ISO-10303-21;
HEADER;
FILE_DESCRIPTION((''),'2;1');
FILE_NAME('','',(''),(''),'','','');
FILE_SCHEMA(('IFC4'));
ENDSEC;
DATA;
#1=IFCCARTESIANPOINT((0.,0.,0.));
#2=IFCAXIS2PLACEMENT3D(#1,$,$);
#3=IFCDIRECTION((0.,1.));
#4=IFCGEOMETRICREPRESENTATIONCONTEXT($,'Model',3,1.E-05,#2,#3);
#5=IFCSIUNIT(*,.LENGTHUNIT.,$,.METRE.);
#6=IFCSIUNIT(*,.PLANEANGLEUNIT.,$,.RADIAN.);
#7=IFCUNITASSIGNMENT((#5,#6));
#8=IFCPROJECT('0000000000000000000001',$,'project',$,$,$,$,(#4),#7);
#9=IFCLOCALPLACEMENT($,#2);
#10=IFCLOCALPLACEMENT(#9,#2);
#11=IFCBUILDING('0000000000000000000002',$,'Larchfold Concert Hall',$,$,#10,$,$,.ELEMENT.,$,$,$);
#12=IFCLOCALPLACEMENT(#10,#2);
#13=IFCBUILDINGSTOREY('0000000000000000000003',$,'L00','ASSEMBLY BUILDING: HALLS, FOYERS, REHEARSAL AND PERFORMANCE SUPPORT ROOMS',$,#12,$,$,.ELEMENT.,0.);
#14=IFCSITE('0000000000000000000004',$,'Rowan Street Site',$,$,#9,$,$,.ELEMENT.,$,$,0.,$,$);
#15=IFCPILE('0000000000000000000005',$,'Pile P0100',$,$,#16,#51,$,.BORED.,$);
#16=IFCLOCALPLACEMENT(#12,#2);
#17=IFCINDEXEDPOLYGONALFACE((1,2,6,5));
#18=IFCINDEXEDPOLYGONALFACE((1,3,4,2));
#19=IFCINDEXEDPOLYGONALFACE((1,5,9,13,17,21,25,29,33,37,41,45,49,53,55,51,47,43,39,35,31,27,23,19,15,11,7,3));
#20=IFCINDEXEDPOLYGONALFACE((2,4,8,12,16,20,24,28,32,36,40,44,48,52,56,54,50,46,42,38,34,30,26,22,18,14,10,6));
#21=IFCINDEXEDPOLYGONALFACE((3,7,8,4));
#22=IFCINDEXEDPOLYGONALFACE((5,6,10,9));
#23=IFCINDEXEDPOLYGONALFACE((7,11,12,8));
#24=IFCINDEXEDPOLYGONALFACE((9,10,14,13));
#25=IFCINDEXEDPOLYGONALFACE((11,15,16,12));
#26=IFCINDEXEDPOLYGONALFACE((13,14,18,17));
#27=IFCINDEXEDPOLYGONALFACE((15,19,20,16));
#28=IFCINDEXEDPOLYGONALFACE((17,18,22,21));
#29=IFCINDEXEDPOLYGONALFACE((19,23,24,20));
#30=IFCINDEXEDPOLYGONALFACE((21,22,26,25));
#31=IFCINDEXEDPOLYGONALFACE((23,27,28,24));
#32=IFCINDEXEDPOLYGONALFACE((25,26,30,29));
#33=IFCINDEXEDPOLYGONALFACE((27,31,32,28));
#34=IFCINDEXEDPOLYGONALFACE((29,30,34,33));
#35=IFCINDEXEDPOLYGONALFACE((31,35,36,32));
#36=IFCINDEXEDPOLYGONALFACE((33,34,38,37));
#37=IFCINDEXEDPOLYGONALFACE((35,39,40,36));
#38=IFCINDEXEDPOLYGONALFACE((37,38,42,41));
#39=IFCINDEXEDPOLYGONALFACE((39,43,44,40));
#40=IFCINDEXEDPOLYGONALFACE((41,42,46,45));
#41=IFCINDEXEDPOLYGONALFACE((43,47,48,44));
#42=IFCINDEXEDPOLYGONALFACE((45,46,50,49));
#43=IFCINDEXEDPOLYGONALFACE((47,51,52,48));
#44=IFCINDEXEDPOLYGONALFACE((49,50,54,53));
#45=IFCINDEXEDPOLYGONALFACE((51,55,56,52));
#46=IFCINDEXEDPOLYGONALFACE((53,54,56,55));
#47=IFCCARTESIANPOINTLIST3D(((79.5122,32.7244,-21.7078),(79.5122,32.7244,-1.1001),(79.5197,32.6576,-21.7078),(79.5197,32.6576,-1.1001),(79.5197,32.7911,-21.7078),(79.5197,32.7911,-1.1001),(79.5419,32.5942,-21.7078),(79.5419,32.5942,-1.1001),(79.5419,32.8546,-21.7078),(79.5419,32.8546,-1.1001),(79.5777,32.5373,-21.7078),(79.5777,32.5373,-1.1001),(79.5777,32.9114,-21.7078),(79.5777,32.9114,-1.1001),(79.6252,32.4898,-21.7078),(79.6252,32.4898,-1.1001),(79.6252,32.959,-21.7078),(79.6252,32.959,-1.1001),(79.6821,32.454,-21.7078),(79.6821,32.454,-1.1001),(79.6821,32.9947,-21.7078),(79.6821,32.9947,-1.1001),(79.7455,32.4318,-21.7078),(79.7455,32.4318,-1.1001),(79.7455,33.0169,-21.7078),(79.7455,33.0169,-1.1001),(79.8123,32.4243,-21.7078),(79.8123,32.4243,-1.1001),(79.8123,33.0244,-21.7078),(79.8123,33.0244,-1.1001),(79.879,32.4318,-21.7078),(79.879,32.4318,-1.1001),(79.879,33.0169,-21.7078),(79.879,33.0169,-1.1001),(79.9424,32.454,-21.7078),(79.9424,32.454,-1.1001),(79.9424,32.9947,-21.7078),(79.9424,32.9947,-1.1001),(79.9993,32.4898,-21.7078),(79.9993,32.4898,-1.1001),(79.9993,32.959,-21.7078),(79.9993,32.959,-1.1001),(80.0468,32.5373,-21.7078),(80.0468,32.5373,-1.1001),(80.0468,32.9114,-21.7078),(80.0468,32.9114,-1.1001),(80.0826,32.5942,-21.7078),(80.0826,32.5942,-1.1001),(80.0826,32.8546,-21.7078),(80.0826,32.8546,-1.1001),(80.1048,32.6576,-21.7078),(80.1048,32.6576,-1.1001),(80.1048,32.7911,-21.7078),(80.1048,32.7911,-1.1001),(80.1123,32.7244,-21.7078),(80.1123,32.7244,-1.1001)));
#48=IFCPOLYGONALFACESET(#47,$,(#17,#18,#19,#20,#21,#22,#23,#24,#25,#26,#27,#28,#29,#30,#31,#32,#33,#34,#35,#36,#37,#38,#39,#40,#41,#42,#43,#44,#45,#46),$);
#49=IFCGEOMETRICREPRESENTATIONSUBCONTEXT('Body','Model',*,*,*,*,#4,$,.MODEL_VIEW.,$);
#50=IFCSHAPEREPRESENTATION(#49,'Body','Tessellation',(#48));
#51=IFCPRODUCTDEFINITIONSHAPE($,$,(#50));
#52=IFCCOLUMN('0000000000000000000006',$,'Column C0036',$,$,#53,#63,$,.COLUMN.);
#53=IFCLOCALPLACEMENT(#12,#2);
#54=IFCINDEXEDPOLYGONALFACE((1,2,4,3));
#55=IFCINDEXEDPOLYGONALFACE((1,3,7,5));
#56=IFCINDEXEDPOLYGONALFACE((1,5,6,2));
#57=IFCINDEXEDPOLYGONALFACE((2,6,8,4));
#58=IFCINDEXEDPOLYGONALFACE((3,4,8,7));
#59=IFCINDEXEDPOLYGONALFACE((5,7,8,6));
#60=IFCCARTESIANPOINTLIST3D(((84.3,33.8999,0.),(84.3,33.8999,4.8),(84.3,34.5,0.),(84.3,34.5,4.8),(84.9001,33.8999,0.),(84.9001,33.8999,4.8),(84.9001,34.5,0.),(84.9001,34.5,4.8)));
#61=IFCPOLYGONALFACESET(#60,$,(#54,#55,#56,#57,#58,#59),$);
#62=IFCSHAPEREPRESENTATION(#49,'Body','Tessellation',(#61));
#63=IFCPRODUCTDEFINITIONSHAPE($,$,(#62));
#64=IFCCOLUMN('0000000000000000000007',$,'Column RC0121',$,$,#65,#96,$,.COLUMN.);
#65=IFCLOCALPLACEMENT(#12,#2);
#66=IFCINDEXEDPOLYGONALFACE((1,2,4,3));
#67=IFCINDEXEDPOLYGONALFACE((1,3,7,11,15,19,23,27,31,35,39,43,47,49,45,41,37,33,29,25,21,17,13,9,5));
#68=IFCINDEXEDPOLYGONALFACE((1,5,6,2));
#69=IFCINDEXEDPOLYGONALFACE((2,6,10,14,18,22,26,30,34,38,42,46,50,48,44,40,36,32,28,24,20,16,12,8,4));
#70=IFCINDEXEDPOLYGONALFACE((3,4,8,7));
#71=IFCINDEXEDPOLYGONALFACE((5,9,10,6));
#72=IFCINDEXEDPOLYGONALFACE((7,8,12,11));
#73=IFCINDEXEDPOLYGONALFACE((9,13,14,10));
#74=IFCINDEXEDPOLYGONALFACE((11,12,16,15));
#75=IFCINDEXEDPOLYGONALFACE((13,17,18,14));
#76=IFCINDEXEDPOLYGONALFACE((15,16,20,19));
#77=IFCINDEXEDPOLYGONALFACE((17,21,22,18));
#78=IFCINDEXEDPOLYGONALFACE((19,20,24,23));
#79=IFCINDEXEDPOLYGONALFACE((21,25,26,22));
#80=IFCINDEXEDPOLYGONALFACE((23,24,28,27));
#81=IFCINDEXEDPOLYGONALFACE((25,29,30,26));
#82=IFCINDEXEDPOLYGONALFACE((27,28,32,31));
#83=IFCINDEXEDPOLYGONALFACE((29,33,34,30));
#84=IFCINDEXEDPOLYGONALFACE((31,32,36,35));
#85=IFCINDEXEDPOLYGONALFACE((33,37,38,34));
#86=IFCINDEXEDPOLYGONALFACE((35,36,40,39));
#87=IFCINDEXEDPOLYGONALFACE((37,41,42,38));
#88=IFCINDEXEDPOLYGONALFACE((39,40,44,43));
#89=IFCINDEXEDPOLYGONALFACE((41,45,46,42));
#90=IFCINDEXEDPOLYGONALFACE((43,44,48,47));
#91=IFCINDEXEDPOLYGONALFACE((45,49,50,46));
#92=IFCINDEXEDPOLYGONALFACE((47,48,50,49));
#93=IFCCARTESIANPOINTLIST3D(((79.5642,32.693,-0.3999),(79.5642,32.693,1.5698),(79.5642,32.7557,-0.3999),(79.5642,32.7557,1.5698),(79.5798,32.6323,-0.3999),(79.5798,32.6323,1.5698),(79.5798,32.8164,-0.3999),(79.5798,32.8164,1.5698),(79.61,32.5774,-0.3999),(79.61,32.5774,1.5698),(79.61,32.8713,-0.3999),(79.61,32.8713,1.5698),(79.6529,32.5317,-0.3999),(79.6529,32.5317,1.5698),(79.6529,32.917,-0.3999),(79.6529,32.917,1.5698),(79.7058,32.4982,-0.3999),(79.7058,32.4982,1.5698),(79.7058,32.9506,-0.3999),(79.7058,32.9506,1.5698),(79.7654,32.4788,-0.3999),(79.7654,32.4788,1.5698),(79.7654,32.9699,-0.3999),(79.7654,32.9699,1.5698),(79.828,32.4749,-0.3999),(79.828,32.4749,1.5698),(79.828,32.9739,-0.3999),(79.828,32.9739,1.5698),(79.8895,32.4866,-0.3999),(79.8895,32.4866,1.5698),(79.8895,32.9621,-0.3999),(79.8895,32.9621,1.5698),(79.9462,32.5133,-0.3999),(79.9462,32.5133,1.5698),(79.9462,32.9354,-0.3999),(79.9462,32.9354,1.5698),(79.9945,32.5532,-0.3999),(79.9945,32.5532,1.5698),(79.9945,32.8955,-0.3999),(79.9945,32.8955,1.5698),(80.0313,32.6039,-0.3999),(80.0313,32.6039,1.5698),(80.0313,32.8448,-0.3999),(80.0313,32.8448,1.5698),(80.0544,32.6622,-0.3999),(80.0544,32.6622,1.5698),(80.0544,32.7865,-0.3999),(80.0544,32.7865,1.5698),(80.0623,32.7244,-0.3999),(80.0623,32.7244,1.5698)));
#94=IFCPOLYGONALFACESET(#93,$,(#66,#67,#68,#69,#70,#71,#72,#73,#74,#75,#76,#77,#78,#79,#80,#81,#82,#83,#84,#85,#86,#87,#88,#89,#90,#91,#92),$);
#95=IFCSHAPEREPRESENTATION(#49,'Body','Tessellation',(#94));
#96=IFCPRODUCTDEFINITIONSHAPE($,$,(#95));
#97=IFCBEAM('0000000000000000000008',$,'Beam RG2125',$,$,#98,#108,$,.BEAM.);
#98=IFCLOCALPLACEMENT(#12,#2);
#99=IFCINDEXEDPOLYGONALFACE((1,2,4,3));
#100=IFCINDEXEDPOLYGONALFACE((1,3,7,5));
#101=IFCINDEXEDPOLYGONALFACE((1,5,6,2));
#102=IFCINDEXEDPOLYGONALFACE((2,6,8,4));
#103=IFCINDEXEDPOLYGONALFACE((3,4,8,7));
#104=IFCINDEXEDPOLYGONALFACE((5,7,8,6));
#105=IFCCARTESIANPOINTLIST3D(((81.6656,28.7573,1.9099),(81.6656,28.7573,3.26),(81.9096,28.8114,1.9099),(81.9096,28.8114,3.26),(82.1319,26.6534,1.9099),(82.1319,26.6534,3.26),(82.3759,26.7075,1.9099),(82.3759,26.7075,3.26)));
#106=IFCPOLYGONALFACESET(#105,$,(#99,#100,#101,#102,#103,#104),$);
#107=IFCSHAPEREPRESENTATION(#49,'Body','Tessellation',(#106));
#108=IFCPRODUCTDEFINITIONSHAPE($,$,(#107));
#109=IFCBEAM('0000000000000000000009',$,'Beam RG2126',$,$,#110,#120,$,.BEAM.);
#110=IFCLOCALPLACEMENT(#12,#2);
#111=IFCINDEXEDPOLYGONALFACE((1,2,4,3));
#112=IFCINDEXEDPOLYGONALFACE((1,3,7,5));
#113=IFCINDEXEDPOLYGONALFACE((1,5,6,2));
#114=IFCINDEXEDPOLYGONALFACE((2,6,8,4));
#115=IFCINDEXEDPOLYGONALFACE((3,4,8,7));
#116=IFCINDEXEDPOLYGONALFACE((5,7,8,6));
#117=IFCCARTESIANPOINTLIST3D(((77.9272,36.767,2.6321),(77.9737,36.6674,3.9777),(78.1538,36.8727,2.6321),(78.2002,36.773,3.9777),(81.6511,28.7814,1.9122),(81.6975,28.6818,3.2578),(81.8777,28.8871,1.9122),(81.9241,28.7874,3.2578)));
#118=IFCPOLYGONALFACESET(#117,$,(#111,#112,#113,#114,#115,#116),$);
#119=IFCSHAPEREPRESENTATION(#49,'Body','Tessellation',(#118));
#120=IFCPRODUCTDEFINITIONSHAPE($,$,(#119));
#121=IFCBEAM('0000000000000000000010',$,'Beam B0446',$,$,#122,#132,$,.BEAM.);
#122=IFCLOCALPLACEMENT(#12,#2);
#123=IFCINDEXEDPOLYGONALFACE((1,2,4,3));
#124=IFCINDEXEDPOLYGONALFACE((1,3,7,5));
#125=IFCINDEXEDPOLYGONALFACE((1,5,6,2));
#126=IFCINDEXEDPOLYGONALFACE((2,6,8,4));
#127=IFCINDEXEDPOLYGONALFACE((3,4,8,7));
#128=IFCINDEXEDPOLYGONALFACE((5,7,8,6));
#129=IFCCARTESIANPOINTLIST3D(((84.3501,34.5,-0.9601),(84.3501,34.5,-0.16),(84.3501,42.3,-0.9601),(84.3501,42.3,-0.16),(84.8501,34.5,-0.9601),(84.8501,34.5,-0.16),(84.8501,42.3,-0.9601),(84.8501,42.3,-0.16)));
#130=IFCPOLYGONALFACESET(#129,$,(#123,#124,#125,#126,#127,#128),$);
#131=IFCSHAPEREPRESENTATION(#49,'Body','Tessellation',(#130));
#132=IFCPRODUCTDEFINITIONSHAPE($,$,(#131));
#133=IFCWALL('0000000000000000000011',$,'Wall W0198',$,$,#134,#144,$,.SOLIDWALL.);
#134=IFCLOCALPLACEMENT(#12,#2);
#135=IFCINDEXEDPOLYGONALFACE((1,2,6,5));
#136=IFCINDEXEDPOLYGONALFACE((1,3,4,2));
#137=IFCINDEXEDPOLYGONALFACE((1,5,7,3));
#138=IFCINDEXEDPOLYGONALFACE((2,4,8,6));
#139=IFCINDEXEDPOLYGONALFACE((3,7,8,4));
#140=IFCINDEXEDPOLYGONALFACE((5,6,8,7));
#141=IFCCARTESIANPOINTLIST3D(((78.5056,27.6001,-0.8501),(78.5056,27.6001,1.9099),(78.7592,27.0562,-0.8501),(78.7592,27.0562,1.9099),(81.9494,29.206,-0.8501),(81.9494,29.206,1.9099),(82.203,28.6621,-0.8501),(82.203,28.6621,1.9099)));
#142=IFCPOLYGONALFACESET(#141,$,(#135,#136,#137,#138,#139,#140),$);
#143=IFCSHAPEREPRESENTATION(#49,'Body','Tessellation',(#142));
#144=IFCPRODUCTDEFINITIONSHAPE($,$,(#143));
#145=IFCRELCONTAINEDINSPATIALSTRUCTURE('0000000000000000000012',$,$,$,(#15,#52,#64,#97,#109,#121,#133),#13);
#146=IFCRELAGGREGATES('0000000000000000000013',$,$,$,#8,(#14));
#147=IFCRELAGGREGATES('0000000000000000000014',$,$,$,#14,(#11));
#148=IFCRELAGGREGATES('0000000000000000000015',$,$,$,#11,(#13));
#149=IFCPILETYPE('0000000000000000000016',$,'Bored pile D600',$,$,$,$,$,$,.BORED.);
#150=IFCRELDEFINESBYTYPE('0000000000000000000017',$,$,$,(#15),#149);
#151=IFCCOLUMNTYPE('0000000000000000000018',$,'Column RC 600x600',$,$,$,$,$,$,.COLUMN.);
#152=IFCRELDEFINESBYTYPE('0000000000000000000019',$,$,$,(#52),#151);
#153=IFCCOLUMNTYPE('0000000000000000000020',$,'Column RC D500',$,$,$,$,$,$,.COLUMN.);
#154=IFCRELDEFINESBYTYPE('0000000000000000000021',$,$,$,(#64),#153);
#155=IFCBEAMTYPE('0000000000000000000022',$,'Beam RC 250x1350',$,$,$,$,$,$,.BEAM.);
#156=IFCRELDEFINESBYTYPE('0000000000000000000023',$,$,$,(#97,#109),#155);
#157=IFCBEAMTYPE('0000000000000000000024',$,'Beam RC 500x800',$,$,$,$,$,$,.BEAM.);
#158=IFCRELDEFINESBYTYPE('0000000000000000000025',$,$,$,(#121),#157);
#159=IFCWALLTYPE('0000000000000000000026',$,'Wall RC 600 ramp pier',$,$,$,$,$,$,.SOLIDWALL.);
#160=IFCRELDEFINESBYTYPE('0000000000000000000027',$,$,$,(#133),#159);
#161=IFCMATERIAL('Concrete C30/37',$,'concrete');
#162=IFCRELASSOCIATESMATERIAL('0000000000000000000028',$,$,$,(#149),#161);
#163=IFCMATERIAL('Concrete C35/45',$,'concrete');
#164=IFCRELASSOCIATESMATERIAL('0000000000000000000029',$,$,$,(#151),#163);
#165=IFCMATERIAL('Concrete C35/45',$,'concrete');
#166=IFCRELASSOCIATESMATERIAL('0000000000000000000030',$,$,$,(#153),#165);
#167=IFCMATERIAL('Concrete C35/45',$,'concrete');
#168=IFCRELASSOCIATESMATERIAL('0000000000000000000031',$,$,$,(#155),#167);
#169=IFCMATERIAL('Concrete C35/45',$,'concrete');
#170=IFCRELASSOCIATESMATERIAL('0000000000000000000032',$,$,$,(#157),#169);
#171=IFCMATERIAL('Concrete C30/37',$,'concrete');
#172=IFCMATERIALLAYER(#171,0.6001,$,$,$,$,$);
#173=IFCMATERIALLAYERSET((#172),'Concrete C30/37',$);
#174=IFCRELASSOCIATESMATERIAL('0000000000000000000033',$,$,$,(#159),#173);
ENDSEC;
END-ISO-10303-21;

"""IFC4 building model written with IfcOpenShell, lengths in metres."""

from ifc_helpers import new_model, si_unit, direction, frame, frame_2d, origin, origin_2d, place, context, subcontext, project, spatial, rectangle, circle, extrude, material, layer, layer_set, material_profile, profile_set, type_object, element, save


model = new_model("IFC4")

# Units and contexts
model_context = context("Model", 3, precision=1e-05, world=origin(), true_north=direction((0.0, 1.0)))
body_context = subcontext(model_context, "Body", "Model", "MODEL_VIEW")
ifc_project = project(units=[si_unit("LENGTHUNIT", "METRE"), si_unit("PLANEANGLEUNIT", "RADIAN")], contexts=[model_context])

# Site, building, storey
site_placement = place(None, origin())
site = spatial("IfcSite", under=ifc_project, at=site_placement, Name="Rowan Street Site", CompositionType="ELEMENT", RefElevation=0.0)
building_placement = place(site_placement, origin())
building = spatial("IfcBuilding", under=site, at=building_placement, Name="Larchfold Concert Hall", CompositionType="ELEMENT")
storey_placement = place(building_placement, origin())
storey = spatial("IfcBuildingStorey", under=building, at=storey_placement, Name="L00", Description="ASSEMBLY BUILDING: HALLS, FOYERS, REHEARSAL AND PERFORMANCE SUPPORT ROOMS", CompositionType="ELEMENT", Elevation=0.0)

# Pile
ifc_material_1 = material(Name="Concrete C30/37", Category="concrete")
ifc_material_profile_1 = material_profile(ifc_material_1, circle(Radius=0.3, at=origin_2d()))
ifc_profile_set_1 = profile_set([ifc_material_profile_1], Name="Concrete C30/37")
pile_type = type_object("IfcPileType", Name="Bored pile D600", PredefinedType="BORED", material=ifc_profile_set_1)
pile_placement = place(storey_placement, frame((79.8123, 32.7244, -1.1001), z_axis=(0.0, 0.0, -1.0), x_axis=(1.0, 0.0, 0.0)))
element("IfcPile", 1, at=pile_placement, inside=storey, type_object=pile_type, Name="Pile P0100", PredefinedType="BORED", context=body_context, shape_type="SweptSolid", body=[
    extrude(circle(Radius=0.3, at=origin_2d()), origin(), (0.0, 0.0, 1.0), 20.6077),
])

# Columns
ifc_material_2 = material(Name="Concrete C35/45", Category="concrete")
ifc_material_profile_2 = material_profile(ifc_material_2, rectangle(XDim=0.6001, YDim=0.6001, at=origin_2d()))
ifc_profile_set_2 = profile_set([ifc_material_profile_2], Name="Concrete C35/45")
column_type_1 = type_object("IfcColumnType", Name="Column RC 600x600", PredefinedType="COLUMN", material=ifc_profile_set_2)
column_1_placement = place(storey_placement, frame((84.6001, 34.2, 0.0), z_axis=(0.0, 0.0, 1.0), x_axis=(1.0, 0.0, 0.0)))
element("IfcColumn", 2, at=column_1_placement, inside=storey, type_object=column_type_1, Name="Column C0036", PredefinedType="COLUMN", context=body_context, shape_type="SweptSolid", body=[
    extrude(rectangle(XDim=0.6001, YDim=0.6001, at=origin_2d()), origin(), (0.0, 0.0, 1.0), 4.8),
])
ifc_material_3 = material(Name="Concrete C35/45", Category="concrete")
ifc_material_profile_3 = material_profile(ifc_material_3, circle(Radius=0.25, at=origin_2d()))
ifc_profile_set_3 = profile_set([ifc_material_profile_3], Name="Concrete C35/45")
column_type_2 = type_object("IfcColumnType", Name="Column RC D500", PredefinedType="COLUMN", material=ifc_profile_set_3)
column_2_placement = place(storey_placement, frame((79.8123, 32.7244, -0.3999), z_axis=(0.0, 0.0, 1.0), x_axis=(1.0, 0.0, 0.0)))
element("IfcColumn", 3, at=column_2_placement, inside=storey, type_object=column_type_2, Name="Column RC0121", PredefinedType="COLUMN", context=body_context, shape_type="SweptSolid", body=[
    extrude(circle(Radius=0.25, at=origin_2d()), origin(), (0.0, 0.0, 1.0), 1.9697),
])

# Beams
ifc_material_4 = material(Name="Concrete C35/45", Category="concrete")
ifc_material_profile_4 = material_profile(ifc_material_4, rectangle(XDim=0.25, YDim=1.3501, at=origin_2d()))
ifc_profile_set_4 = profile_set([ifc_material_profile_4], Name="Concrete C35/45")
beam_type_1 = type_object("IfcBeamType", Name="Beam RC 250x1350", PredefinedType="BEAM", material=ifc_profile_set_4)
beam_1_placement = place(storey_placement, frame((82.2539, 26.6804, 2.585), z_axis=(-0.216379, 0.97631, 0.0), x_axis=(-0.97631, -0.216379, 0.0)))
element("IfcBeam", 4, at=beam_1_placement, inside=storey, type_object=beam_type_1, Name="Beam RG2125", PredefinedType="BEAM", context=body_context, shape_type="SweptSolid", body=[
    extrude(rectangle(XDim=0.25, YDim=1.3501, at=origin_2d()), origin(), (0.0, 0.0, 1.0), 2.155),
])
beam_2_placement = place(storey_placement, frame((81.7876, 28.7844, 2.585), z_axis=(-0.421227, 0.903292, 0.08144), x_axis=(-0.906302, -0.422631, 0.0)))
element("IfcBeam", 5, at=beam_2_placement, inside=storey, type_object=beam_type_1, Name="Beam RG2126", PredefinedType="BEAM", context=body_context, shape_type="SweptSolid", body=[
    extrude(rectangle(XDim=0.25, YDim=1.3501, at=origin_2d()), origin(), (0.0, 0.0, 1.0), 8.8406),
])
ifc_material_5 = material(Name="Concrete C35/45", Category="concrete")
ifc_material_profile_5 = material_profile(ifc_material_5, rectangle(XDim=0.5, YDim=0.8, at=origin_2d()))
ifc_profile_set_5 = profile_set([ifc_material_profile_5], Name="Concrete C35/45")
beam_type_2 = type_object("IfcBeamType", Name="Beam RC 500x800", PredefinedType="BEAM", material=ifc_profile_set_5)
beam_3_placement = place(storey_placement, frame((84.6001, 34.5, -0.5601), z_axis=(0.0, 1.0, 0.0), x_axis=(-1.0, 0.0, 0.0)))
element("IfcBeam", 6, at=beam_3_placement, inside=storey, type_object=beam_type_2, Name="Beam B0446", PredefinedType="BEAM", context=body_context, shape_type="SweptSolid", body=[
    extrude(rectangle(XDim=0.5, YDim=0.8, at=origin_2d()), origin(), (0.0, 0.0, 1.0), 7.8),
])

# Wall
ifc_material_6 = material(Name="Concrete C30/37", Category="concrete")
ifc_layer_1 = layer(ifc_material_6, 0.6001)
ifc_layer_set_1 = layer_set([ifc_layer_1], Name="Concrete C30/37")
wall_type_1 = type_object("IfcWallType", Name="Wall RC 600 ramp pier", PredefinedType="SOLIDWALL", material=ifc_layer_set_1)
wall_1_placement = place(storey_placement, frame((82.0762, 28.9341, -0.8501), z_axis=(0.0, 0.0, 1.0), x_axis=(-0.906301, -0.422632, 0.0)))
element("IfcWall", 7, at=wall_1_placement, inside=storey, type_object=wall_type_1, Name="Wall W0198", PredefinedType="SOLIDWALL", context=body_context, shape_type="SweptSolid", body=[
    extrude(rectangle(XDim=3.7998, YDim=0.6001, at=frame_2d((1.8999, 0.0))), origin(), (0.0, 0.0, 1.0), 2.76),
])

save(model, "model.ifc")
